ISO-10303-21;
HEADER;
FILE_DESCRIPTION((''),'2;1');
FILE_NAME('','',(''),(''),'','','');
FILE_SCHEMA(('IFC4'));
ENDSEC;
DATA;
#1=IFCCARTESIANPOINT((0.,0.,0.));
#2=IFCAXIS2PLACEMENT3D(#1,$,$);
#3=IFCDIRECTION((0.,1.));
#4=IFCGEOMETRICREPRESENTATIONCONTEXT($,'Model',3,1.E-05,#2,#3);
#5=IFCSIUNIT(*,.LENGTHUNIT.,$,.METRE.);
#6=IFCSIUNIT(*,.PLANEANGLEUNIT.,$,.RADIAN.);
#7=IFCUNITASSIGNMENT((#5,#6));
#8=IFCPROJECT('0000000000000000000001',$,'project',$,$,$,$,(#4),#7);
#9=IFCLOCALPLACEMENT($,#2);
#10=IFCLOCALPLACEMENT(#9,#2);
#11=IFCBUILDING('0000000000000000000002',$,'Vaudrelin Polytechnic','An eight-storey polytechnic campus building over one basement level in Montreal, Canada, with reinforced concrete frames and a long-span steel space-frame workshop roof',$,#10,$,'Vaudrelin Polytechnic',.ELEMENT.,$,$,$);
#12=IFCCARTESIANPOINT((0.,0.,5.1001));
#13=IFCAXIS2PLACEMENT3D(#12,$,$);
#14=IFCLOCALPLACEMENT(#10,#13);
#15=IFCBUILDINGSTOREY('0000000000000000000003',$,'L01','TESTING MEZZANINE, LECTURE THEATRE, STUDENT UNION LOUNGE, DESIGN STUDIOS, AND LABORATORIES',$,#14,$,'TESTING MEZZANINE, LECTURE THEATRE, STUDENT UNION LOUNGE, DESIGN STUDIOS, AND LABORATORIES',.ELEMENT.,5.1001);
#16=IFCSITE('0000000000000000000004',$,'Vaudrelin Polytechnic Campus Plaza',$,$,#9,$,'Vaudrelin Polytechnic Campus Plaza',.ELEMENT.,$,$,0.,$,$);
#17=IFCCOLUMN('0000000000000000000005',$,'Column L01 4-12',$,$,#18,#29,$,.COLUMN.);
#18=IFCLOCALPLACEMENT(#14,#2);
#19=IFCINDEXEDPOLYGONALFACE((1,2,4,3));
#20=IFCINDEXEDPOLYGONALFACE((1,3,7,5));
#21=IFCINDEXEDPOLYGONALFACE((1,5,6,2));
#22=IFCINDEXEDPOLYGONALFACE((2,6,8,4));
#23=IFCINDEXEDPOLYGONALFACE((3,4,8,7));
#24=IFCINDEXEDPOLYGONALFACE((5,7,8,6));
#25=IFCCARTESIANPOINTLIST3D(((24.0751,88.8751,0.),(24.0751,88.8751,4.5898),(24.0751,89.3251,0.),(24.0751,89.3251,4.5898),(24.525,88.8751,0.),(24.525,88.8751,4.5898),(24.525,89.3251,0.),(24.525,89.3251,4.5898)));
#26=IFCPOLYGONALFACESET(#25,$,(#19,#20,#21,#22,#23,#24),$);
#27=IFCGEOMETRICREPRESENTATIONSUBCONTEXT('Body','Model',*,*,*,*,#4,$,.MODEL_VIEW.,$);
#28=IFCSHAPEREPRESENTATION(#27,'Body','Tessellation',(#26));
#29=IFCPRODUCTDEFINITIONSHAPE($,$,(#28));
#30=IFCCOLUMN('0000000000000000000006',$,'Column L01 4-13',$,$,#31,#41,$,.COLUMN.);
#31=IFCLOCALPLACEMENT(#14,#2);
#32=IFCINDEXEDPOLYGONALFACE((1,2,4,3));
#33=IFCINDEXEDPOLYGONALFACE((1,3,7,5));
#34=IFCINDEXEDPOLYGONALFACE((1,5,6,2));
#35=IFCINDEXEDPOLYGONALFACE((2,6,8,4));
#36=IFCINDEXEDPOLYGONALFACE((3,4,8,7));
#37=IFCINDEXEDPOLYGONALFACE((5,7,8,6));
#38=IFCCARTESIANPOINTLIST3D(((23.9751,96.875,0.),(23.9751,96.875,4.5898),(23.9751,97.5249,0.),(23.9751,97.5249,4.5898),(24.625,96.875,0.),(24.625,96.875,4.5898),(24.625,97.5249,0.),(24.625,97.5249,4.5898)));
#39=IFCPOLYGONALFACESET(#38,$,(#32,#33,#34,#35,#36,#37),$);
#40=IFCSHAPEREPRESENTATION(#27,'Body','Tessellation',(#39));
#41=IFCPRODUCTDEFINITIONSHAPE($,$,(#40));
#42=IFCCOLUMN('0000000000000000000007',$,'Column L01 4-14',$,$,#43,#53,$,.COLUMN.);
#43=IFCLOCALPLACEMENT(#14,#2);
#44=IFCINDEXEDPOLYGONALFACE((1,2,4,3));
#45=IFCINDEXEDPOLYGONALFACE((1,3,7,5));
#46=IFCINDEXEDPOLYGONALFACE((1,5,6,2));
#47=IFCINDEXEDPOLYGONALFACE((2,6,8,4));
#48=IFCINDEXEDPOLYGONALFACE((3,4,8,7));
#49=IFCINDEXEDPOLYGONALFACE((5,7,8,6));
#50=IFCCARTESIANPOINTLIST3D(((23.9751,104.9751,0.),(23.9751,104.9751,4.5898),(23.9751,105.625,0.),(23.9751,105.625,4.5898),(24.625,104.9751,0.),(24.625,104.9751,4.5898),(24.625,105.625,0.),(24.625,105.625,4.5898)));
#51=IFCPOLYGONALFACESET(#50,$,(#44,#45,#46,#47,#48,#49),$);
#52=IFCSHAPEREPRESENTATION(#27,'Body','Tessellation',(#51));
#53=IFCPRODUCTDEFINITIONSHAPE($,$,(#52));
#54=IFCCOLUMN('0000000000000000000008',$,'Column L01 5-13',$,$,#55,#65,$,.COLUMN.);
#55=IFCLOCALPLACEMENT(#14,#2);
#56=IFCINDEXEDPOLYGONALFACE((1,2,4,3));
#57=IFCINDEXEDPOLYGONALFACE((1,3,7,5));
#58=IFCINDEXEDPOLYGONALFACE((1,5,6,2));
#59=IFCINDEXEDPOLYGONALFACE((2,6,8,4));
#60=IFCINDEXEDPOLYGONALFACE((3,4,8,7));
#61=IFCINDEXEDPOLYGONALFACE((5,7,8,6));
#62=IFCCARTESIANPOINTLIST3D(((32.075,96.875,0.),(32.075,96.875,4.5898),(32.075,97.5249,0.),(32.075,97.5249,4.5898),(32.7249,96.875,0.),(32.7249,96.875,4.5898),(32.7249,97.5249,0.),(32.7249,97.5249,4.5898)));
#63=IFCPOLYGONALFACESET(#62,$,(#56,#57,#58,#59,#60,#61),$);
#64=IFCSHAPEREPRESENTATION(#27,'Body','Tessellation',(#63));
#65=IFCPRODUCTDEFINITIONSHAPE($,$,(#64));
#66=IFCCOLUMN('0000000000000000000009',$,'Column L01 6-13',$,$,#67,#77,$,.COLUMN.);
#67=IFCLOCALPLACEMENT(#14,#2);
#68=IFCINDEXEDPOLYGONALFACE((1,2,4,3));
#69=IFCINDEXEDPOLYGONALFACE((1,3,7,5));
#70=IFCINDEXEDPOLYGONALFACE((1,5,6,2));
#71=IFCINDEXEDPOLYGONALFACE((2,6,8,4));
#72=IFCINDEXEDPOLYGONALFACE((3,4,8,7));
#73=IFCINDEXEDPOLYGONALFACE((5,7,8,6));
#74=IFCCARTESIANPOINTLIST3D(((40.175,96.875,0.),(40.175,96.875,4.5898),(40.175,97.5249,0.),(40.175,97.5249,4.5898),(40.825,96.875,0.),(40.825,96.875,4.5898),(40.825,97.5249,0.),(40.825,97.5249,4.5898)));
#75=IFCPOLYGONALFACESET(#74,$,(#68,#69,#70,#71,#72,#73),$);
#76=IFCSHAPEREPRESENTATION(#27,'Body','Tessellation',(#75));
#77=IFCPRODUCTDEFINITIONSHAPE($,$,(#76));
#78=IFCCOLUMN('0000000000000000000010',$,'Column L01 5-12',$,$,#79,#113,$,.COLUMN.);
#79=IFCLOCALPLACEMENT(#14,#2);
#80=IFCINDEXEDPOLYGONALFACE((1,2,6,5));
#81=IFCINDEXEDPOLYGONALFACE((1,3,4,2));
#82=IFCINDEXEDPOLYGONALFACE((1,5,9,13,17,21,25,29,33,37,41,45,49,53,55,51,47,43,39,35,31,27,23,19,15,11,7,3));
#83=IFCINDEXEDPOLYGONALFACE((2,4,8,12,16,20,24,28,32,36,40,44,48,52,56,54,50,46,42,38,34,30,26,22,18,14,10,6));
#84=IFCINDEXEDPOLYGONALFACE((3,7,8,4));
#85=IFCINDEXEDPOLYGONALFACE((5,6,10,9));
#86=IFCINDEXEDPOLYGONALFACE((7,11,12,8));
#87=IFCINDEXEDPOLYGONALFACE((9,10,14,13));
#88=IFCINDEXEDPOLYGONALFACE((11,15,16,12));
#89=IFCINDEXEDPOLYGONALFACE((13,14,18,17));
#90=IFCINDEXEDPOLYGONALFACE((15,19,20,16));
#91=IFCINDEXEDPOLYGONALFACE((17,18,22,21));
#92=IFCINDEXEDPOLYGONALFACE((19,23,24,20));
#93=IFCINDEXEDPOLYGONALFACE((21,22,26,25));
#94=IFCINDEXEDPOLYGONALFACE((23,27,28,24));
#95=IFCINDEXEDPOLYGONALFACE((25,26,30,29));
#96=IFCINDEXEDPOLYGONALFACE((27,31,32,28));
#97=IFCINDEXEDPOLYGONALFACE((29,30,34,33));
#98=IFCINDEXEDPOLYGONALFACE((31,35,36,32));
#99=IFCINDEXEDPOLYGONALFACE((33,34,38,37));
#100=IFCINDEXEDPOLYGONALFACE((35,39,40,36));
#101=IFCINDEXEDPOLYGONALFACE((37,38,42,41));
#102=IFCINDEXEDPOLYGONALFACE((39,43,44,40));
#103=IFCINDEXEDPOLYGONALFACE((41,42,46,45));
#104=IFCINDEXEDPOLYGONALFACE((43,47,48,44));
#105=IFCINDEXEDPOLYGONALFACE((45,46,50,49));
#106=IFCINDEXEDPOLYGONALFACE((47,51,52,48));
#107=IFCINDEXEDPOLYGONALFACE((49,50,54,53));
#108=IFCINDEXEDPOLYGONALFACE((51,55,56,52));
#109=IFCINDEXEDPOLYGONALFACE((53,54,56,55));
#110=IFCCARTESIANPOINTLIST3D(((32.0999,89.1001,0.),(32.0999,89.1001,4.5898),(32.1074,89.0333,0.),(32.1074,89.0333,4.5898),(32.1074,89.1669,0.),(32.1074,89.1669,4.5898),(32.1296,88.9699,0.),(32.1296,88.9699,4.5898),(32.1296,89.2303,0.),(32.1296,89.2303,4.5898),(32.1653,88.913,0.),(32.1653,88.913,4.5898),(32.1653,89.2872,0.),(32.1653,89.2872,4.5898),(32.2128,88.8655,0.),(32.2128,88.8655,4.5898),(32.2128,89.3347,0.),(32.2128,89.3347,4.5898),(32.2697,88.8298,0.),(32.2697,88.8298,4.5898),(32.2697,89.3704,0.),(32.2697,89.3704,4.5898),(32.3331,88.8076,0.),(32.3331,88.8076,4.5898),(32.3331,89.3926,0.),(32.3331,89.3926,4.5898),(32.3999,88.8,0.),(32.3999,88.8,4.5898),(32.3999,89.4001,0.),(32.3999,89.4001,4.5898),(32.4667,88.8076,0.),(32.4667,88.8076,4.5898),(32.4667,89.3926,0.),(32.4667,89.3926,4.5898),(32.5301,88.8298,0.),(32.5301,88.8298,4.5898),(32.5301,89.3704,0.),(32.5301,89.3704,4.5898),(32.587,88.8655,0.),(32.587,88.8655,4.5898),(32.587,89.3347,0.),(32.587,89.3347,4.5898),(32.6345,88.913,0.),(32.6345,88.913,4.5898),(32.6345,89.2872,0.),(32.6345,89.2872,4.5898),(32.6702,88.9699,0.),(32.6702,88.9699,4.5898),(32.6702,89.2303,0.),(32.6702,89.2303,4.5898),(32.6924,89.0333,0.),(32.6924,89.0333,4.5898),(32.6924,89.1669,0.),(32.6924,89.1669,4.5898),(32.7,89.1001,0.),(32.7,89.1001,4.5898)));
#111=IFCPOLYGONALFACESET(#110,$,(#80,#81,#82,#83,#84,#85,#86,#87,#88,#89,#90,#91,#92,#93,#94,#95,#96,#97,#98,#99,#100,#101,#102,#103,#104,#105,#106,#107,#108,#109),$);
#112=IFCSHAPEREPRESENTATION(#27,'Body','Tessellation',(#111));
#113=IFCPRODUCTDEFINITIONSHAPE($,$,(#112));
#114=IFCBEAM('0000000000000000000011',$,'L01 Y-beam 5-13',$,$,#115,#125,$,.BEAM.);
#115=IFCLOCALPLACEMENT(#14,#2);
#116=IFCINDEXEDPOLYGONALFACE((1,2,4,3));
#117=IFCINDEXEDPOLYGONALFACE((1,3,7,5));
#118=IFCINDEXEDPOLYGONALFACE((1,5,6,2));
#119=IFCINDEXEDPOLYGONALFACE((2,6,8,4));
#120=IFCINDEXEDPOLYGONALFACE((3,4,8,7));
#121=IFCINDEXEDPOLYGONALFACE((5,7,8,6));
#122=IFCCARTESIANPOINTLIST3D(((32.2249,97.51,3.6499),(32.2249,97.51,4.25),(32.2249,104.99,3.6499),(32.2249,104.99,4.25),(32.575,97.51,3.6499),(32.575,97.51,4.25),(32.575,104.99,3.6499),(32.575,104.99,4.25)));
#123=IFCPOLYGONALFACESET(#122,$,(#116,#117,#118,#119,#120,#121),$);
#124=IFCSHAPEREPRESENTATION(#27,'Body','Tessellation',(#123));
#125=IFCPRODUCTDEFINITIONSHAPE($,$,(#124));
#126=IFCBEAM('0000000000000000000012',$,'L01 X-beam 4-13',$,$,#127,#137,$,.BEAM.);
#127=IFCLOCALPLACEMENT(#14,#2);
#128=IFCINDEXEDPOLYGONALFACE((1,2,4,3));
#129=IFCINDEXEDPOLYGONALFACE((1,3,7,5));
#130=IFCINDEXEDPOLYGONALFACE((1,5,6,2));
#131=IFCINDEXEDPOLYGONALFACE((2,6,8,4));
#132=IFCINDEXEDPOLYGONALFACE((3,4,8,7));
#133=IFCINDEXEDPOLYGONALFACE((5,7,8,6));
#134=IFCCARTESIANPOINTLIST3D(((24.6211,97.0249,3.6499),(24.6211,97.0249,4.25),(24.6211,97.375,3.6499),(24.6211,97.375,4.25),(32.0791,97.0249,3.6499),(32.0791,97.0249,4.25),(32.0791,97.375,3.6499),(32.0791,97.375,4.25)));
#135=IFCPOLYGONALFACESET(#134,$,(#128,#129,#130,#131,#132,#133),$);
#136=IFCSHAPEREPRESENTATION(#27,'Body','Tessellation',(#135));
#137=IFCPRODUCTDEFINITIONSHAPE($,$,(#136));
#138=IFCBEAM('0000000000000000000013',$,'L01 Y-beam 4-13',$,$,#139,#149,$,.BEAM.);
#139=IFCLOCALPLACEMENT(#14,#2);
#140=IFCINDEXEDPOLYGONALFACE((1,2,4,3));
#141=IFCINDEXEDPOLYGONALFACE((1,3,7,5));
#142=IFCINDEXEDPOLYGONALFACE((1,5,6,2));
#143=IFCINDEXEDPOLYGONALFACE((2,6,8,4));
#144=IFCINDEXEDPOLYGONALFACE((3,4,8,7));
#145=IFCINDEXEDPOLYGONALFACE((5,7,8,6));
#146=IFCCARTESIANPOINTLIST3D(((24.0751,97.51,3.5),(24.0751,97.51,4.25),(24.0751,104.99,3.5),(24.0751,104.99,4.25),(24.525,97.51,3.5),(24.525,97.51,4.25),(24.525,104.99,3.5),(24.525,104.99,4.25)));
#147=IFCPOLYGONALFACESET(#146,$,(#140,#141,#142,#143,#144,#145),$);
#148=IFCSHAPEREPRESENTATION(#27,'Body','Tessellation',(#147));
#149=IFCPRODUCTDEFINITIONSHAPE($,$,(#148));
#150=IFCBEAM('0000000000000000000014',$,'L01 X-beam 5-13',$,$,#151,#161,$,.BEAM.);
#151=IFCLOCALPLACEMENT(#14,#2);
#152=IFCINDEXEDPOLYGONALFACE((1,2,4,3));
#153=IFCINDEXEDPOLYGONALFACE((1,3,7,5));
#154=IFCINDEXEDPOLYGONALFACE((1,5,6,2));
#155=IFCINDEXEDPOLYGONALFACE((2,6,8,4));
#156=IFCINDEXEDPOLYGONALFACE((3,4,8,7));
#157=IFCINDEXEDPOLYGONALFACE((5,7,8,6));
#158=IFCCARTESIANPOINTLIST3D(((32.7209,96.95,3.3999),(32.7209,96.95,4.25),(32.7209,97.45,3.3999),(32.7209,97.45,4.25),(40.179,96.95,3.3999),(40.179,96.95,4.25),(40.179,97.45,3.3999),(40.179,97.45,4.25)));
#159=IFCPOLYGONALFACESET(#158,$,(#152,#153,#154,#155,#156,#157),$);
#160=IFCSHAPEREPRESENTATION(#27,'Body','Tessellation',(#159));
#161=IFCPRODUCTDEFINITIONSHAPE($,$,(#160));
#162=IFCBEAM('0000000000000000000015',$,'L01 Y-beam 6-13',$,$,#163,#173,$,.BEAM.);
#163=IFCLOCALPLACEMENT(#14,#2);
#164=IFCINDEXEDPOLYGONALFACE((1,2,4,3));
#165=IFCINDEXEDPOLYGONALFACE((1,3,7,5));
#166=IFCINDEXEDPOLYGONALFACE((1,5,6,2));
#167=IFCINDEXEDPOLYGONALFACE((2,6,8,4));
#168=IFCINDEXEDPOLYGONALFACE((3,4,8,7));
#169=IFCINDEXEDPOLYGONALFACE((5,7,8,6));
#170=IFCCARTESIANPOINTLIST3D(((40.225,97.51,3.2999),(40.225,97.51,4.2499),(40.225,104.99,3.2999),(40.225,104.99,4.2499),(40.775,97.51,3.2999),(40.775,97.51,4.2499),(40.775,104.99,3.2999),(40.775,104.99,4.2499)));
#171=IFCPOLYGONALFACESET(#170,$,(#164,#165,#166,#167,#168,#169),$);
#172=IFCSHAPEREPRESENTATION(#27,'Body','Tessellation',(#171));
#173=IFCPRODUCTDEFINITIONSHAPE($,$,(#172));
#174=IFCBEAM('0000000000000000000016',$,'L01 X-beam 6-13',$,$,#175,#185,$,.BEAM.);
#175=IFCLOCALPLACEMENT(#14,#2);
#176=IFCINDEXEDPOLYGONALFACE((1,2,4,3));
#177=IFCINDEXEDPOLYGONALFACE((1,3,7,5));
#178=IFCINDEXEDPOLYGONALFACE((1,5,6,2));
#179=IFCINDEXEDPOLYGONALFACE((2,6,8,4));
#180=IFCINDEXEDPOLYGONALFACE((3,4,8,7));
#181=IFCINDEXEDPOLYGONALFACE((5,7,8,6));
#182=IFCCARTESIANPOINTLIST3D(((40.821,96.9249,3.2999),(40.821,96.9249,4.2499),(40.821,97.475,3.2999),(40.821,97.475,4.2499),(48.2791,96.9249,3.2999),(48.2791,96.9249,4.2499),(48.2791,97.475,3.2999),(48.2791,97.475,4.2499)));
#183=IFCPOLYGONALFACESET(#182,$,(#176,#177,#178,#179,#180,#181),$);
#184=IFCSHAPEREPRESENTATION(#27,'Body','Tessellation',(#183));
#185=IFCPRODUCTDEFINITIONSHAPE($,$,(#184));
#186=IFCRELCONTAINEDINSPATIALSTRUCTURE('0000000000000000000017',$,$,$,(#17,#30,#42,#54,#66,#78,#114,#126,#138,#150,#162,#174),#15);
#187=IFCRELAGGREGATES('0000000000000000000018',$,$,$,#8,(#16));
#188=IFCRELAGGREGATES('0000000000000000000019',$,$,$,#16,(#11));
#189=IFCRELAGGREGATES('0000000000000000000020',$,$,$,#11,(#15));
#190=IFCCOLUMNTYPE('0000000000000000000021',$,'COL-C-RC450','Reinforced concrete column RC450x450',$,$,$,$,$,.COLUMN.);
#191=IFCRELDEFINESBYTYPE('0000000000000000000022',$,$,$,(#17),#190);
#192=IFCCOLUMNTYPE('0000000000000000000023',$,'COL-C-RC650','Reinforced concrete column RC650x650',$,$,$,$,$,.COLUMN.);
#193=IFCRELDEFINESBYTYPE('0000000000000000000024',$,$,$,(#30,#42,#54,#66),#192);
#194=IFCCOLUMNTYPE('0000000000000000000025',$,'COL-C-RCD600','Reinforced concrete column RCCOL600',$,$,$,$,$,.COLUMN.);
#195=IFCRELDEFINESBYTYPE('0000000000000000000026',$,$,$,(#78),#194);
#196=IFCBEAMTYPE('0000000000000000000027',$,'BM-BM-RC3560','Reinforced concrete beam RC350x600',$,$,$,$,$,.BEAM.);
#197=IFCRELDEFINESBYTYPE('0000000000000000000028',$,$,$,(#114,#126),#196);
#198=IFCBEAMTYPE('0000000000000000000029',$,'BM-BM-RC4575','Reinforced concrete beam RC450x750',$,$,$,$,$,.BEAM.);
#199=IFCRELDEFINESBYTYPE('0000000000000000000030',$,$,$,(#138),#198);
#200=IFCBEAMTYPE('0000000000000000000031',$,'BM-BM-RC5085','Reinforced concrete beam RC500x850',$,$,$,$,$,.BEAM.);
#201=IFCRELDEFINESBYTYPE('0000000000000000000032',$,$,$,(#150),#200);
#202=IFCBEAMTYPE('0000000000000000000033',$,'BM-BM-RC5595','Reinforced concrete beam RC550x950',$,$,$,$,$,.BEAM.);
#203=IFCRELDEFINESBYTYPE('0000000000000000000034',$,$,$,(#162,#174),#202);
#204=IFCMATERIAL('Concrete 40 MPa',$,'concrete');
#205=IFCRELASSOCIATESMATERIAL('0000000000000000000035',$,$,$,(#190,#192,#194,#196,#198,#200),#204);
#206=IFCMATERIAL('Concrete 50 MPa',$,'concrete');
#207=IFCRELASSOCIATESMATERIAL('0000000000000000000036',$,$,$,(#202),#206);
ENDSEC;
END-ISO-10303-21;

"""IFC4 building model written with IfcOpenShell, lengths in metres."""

from ifc_helpers import new_model, si_unit, direction, frame, origin, origin_2d, place, context, subcontext, project, spatial, rectangle, circle, extrude, material, material_profile, profile_set, type_object, element, save


model = new_model("IFC4")

# Units and contexts
model_context = context("Model", 3, precision=1e-05, world=origin(), true_north=direction((0.0, 1.0)))
body_context = subcontext(model_context, "Body", "Model", "MODEL_VIEW")
ifc_project = project(units=[si_unit("LENGTHUNIT", "METRE"), si_unit("PLANEANGLEUNIT", "RADIAN")], contexts=[model_context])

# Site, building, storey
site_placement = place(None, origin())
site = spatial("IfcSite", under=ifc_project, at=site_placement, Name="Vaudrelin Polytechnic Campus Plaza", LongName="Vaudrelin Polytechnic Campus Plaza", CompositionType="ELEMENT", RefElevation=0.0)
building_placement = place(site_placement, origin())
building = spatial("IfcBuilding", under=site, at=building_placement, Name="Vaudrelin Polytechnic", Description="An eight-storey polytechnic campus building over one basement level in Montreal, Canada, with reinforced concrete frames and a long-span steel space-frame workshop roof", LongName="Vaudrelin Polytechnic", CompositionType="ELEMENT")
storey_placement = place(building_placement, frame((0.0, 0.0, 5.1001)))
storey = spatial("IfcBuildingStorey", under=building, at=storey_placement, Name="L01", Description="TESTING MEZZANINE, LECTURE THEATRE, STUDENT UNION LOUNGE, DESIGN STUDIOS, AND LABORATORIES", LongName="TESTING MEZZANINE, LECTURE THEATRE, STUDENT UNION LOUNGE, DESIGN STUDIOS, AND LABORATORIES", CompositionType="ELEMENT", Elevation=5.1001)

# Columns
ifc_material_1 = material(Name="Concrete 40 MPa", Category="concrete")
ifc_material_profile_1 = material_profile(ifc_material_1, rectangle(XDim=0.45, YDim=0.45, at=origin_2d()), Name="RC450x450")
ifc_profile_set_1 = profile_set([ifc_material_profile_1], Name="Concrete 40 MPa")
column_type_1 = type_object("IfcColumnType", Name="COL-C-RC450", Description="Reinforced concrete column RC450x450", PredefinedType="COLUMN", material=ifc_profile_set_1)
column_1_placement = place(storey_placement, frame((24.3, 89.1001, 0.0), z_axis=(0.0, 0.0, 1.0), x_axis=(1.0, 0.0, 0.0)))
element("IfcColumn", 1, at=column_1_placement, inside=storey, type_object=column_type_1, Name="Column L01 4-12", PredefinedType="COLUMN", context=body_context, shape_type="SweptSolid", body=[
    extrude(rectangle(XDim=0.45, YDim=0.45, at=origin_2d()), origin(), (0.0, 0.0, 1.0), 4.5898),
])
ifc_material_profile_2 = material_profile(ifc_material_1, rectangle(XDim=0.6499, YDim=0.6499, at=origin_2d()), Name="RC650x650")
ifc_profile_set_2 = profile_set([ifc_material_profile_2], Name="Concrete 40 MPa")
column_type_2 = type_object("IfcColumnType", Name="COL-C-RC650", Description="Reinforced concrete column RC650x650", PredefinedType="COLUMN", material=ifc_profile_set_2)
for number, where, z_axis, x_axis, name in (
    (2, (24.3, 97.2, 0.0), (0.0, 0.0, 1.0), (1.0, 0.0, 0.0), "Column L01 4-13"),
    (3, (24.3, 105.3, 0.0), (0.0, 0.0, 1.0), (1.0, 0.0, 0.0), "Column L01 4-14"),
    (4, (32.3999, 97.2, 0.0), (0.0, 0.0, 1.0), (1.0, 0.0, 0.0), "Column L01 5-13"),
    (5, (40.5, 97.2, 0.0), (0.0, 0.0, 1.0), (1.0, 0.0, 0.0), "Column L01 6-13"),
):
    element("IfcColumn", number, at=place(storey_placement, frame(where, z_axis=z_axis, x_axis=x_axis)), inside=storey, type_object=column_type_2, Name=name, PredefinedType="COLUMN", context=body_context, shape_type="SweptSolid", body=[
        extrude(rectangle(XDim=0.6499, YDim=0.6499, at=origin_2d()), origin(), (0.0, 0.0, 1.0), 4.5898),
    ])
ifc_material_profile_3 = material_profile(ifc_material_1, circle(Radius=0.3, at=origin_2d()), Name="RCCOL600")
ifc_profile_set_3 = profile_set([ifc_material_profile_3], Name="Concrete 40 MPa")
column_type_3 = type_object("IfcColumnType", Name="COL-C-RCD600", Description="Reinforced concrete column RCCOL600", PredefinedType="COLUMN", material=ifc_profile_set_3)
column_2_placement = place(storey_placement, frame((32.3999, 89.1001, 0.0), z_axis=(0.0, 0.0, 1.0), x_axis=(1.0, 0.0, 0.0)))
element("IfcColumn", 6, at=column_2_placement, inside=storey, type_object=column_type_3, Name="Column L01 5-12", PredefinedType="COLUMN", context=body_context, shape_type="SweptSolid", body=[
    extrude(circle(Radius=0.3, at=origin_2d()), origin(), (0.0, 0.0, 1.0), 4.5898),
])

# Beams
ifc_material_profile_4 = material_profile(ifc_material_1, rectangle(XDim=0.3501, YDim=0.6001, at=origin_2d()), Name="RC350x600")
ifc_profile_set_4 = profile_set([ifc_material_profile_4], Name="Concrete 40 MPa")
beam_type_1 = type_object("IfcBeamType", Name="BM-BM-RC3560", Description="Reinforced concrete beam RC350x600", PredefinedType="BEAM", material=ifc_profile_set_4)
beam_1_placement = place(storey_placement, frame((32.3999, 97.51, 3.95), z_axis=(0.0, 1.0, 0.0), x_axis=(-1.0, 0.0, 0.0)))
element("IfcBeam", 7, at=beam_1_placement, inside=storey, type_object=beam_type_1, Name="L01 Y-beam 5-13", PredefinedType="BEAM", context=body_context, shape_type="SweptSolid", body=[
    extrude(rectangle(XDim=0.3501, YDim=0.6001, at=origin_2d()), origin(), (0.0, 0.0, 1.0), 7.48),
])
beam_2_placement = place(storey_placement, frame((24.6211, 97.2, 3.95), z_axis=(1.0, 0.0, 0.0), x_axis=(0.0, 1.0, 0.0)))
element("IfcBeam", 8, at=beam_2_placement, inside=storey, type_object=beam_type_1, Name="L01 X-beam 4-13", PredefinedType="BEAM", context=body_context, shape_type="SweptSolid", body=[
    extrude(rectangle(XDim=0.3501, YDim=0.6001, at=origin_2d()), origin(), (0.0, 0.0, 1.0), 7.458),
])
ifc_material_profile_5 = material_profile(ifc_material_1, rectangle(XDim=0.45, YDim=0.75, at=origin_2d()), Name="RC450x750")
ifc_profile_set_5 = profile_set([ifc_material_profile_5], Name="Concrete 40 MPa")
beam_type_2 = type_object("IfcBeamType", Name="BM-BM-RC4575", Description="Reinforced concrete beam RC450x750", PredefinedType="BEAM", material=ifc_profile_set_5)
beam_3_placement = place(storey_placement, frame((24.3, 97.51, 3.875), z_axis=(0.0, 1.0, 0.0), x_axis=(-1.0, 0.0, 0.0)))
element("IfcBeam", 9, at=beam_3_placement, inside=storey, type_object=beam_type_2, Name="L01 Y-beam 4-13", PredefinedType="BEAM", context=body_context, shape_type="SweptSolid", body=[
    extrude(rectangle(XDim=0.45, YDim=0.75, at=origin_2d()), origin(), (0.0, 0.0, 1.0), 7.48),
])
ifc_material_profile_6 = material_profile(ifc_material_1, rectangle(XDim=0.5, YDim=0.8501, at=origin_2d()), Name="RC500x850")
ifc_profile_set_6 = profile_set([ifc_material_profile_6], Name="Concrete 40 MPa")
beam_type_3 = type_object("IfcBeamType", Name="BM-BM-RC5085", Description="Reinforced concrete beam RC500x850", PredefinedType="BEAM", material=ifc_profile_set_6)
beam_4_placement = place(storey_placement, frame((32.7209, 97.2, 3.825), z_axis=(1.0, 0.0, 0.0), x_axis=(0.0, 1.0, 0.0)))
element("IfcBeam", 10, at=beam_4_placement, inside=storey, type_object=beam_type_3, Name="L01 X-beam 5-13", PredefinedType="BEAM", context=body_context, shape_type="SweptSolid", body=[
    extrude(rectangle(XDim=0.5, YDim=0.8501, at=origin_2d()), origin(), (0.0, 0.0, 1.0), 7.458),
])
ifc_material_2 = material(Name="Concrete 50 MPa", Category="concrete")
ifc_material_profile_7 = material_profile(ifc_material_2, rectangle(XDim=0.55, YDim=0.95, at=origin_2d()), Name="RC550x950")
ifc_profile_set_7 = profile_set([ifc_material_profile_7], Name="Concrete 50 MPa")
beam_type_4 = type_object("IfcBeamType", Name="BM-BM-RC5595", Description="Reinforced concrete beam RC550x950", PredefinedType="BEAM", material=ifc_profile_set_7)
beam_5_placement = place(storey_placement, frame((40.5, 97.51, 3.7749), z_axis=(0.0, 1.0, 0.0), x_axis=(-1.0, 0.0, 0.0)))
element("IfcBeam", 11, at=beam_5_placement, inside=storey, type_object=beam_type_4, Name="L01 Y-beam 6-13", PredefinedType="BEAM", context=body_context, shape_type="SweptSolid", body=[
    extrude(rectangle(XDim=0.55, YDim=0.95, at=origin_2d()), origin(), (0.0, 0.0, 1.0), 7.48),
])
beam_6_placement = place(storey_placement, frame((40.821, 97.2, 3.7749), z_axis=(1.0, 0.0, 0.0), x_axis=(0.0, 1.0, 0.0)))
element("IfcBeam", 12, at=beam_6_placement, inside=storey, type_object=beam_type_4, Name="L01 X-beam 6-13", PredefinedType="BEAM", context=body_context, shape_type="SweptSolid", body=[
    extrude(rectangle(XDim=0.55, YDim=0.95, at=origin_2d()), origin(), (0.0, 0.0, 1.0), 7.458),
])

save(model, "model.ifc")
